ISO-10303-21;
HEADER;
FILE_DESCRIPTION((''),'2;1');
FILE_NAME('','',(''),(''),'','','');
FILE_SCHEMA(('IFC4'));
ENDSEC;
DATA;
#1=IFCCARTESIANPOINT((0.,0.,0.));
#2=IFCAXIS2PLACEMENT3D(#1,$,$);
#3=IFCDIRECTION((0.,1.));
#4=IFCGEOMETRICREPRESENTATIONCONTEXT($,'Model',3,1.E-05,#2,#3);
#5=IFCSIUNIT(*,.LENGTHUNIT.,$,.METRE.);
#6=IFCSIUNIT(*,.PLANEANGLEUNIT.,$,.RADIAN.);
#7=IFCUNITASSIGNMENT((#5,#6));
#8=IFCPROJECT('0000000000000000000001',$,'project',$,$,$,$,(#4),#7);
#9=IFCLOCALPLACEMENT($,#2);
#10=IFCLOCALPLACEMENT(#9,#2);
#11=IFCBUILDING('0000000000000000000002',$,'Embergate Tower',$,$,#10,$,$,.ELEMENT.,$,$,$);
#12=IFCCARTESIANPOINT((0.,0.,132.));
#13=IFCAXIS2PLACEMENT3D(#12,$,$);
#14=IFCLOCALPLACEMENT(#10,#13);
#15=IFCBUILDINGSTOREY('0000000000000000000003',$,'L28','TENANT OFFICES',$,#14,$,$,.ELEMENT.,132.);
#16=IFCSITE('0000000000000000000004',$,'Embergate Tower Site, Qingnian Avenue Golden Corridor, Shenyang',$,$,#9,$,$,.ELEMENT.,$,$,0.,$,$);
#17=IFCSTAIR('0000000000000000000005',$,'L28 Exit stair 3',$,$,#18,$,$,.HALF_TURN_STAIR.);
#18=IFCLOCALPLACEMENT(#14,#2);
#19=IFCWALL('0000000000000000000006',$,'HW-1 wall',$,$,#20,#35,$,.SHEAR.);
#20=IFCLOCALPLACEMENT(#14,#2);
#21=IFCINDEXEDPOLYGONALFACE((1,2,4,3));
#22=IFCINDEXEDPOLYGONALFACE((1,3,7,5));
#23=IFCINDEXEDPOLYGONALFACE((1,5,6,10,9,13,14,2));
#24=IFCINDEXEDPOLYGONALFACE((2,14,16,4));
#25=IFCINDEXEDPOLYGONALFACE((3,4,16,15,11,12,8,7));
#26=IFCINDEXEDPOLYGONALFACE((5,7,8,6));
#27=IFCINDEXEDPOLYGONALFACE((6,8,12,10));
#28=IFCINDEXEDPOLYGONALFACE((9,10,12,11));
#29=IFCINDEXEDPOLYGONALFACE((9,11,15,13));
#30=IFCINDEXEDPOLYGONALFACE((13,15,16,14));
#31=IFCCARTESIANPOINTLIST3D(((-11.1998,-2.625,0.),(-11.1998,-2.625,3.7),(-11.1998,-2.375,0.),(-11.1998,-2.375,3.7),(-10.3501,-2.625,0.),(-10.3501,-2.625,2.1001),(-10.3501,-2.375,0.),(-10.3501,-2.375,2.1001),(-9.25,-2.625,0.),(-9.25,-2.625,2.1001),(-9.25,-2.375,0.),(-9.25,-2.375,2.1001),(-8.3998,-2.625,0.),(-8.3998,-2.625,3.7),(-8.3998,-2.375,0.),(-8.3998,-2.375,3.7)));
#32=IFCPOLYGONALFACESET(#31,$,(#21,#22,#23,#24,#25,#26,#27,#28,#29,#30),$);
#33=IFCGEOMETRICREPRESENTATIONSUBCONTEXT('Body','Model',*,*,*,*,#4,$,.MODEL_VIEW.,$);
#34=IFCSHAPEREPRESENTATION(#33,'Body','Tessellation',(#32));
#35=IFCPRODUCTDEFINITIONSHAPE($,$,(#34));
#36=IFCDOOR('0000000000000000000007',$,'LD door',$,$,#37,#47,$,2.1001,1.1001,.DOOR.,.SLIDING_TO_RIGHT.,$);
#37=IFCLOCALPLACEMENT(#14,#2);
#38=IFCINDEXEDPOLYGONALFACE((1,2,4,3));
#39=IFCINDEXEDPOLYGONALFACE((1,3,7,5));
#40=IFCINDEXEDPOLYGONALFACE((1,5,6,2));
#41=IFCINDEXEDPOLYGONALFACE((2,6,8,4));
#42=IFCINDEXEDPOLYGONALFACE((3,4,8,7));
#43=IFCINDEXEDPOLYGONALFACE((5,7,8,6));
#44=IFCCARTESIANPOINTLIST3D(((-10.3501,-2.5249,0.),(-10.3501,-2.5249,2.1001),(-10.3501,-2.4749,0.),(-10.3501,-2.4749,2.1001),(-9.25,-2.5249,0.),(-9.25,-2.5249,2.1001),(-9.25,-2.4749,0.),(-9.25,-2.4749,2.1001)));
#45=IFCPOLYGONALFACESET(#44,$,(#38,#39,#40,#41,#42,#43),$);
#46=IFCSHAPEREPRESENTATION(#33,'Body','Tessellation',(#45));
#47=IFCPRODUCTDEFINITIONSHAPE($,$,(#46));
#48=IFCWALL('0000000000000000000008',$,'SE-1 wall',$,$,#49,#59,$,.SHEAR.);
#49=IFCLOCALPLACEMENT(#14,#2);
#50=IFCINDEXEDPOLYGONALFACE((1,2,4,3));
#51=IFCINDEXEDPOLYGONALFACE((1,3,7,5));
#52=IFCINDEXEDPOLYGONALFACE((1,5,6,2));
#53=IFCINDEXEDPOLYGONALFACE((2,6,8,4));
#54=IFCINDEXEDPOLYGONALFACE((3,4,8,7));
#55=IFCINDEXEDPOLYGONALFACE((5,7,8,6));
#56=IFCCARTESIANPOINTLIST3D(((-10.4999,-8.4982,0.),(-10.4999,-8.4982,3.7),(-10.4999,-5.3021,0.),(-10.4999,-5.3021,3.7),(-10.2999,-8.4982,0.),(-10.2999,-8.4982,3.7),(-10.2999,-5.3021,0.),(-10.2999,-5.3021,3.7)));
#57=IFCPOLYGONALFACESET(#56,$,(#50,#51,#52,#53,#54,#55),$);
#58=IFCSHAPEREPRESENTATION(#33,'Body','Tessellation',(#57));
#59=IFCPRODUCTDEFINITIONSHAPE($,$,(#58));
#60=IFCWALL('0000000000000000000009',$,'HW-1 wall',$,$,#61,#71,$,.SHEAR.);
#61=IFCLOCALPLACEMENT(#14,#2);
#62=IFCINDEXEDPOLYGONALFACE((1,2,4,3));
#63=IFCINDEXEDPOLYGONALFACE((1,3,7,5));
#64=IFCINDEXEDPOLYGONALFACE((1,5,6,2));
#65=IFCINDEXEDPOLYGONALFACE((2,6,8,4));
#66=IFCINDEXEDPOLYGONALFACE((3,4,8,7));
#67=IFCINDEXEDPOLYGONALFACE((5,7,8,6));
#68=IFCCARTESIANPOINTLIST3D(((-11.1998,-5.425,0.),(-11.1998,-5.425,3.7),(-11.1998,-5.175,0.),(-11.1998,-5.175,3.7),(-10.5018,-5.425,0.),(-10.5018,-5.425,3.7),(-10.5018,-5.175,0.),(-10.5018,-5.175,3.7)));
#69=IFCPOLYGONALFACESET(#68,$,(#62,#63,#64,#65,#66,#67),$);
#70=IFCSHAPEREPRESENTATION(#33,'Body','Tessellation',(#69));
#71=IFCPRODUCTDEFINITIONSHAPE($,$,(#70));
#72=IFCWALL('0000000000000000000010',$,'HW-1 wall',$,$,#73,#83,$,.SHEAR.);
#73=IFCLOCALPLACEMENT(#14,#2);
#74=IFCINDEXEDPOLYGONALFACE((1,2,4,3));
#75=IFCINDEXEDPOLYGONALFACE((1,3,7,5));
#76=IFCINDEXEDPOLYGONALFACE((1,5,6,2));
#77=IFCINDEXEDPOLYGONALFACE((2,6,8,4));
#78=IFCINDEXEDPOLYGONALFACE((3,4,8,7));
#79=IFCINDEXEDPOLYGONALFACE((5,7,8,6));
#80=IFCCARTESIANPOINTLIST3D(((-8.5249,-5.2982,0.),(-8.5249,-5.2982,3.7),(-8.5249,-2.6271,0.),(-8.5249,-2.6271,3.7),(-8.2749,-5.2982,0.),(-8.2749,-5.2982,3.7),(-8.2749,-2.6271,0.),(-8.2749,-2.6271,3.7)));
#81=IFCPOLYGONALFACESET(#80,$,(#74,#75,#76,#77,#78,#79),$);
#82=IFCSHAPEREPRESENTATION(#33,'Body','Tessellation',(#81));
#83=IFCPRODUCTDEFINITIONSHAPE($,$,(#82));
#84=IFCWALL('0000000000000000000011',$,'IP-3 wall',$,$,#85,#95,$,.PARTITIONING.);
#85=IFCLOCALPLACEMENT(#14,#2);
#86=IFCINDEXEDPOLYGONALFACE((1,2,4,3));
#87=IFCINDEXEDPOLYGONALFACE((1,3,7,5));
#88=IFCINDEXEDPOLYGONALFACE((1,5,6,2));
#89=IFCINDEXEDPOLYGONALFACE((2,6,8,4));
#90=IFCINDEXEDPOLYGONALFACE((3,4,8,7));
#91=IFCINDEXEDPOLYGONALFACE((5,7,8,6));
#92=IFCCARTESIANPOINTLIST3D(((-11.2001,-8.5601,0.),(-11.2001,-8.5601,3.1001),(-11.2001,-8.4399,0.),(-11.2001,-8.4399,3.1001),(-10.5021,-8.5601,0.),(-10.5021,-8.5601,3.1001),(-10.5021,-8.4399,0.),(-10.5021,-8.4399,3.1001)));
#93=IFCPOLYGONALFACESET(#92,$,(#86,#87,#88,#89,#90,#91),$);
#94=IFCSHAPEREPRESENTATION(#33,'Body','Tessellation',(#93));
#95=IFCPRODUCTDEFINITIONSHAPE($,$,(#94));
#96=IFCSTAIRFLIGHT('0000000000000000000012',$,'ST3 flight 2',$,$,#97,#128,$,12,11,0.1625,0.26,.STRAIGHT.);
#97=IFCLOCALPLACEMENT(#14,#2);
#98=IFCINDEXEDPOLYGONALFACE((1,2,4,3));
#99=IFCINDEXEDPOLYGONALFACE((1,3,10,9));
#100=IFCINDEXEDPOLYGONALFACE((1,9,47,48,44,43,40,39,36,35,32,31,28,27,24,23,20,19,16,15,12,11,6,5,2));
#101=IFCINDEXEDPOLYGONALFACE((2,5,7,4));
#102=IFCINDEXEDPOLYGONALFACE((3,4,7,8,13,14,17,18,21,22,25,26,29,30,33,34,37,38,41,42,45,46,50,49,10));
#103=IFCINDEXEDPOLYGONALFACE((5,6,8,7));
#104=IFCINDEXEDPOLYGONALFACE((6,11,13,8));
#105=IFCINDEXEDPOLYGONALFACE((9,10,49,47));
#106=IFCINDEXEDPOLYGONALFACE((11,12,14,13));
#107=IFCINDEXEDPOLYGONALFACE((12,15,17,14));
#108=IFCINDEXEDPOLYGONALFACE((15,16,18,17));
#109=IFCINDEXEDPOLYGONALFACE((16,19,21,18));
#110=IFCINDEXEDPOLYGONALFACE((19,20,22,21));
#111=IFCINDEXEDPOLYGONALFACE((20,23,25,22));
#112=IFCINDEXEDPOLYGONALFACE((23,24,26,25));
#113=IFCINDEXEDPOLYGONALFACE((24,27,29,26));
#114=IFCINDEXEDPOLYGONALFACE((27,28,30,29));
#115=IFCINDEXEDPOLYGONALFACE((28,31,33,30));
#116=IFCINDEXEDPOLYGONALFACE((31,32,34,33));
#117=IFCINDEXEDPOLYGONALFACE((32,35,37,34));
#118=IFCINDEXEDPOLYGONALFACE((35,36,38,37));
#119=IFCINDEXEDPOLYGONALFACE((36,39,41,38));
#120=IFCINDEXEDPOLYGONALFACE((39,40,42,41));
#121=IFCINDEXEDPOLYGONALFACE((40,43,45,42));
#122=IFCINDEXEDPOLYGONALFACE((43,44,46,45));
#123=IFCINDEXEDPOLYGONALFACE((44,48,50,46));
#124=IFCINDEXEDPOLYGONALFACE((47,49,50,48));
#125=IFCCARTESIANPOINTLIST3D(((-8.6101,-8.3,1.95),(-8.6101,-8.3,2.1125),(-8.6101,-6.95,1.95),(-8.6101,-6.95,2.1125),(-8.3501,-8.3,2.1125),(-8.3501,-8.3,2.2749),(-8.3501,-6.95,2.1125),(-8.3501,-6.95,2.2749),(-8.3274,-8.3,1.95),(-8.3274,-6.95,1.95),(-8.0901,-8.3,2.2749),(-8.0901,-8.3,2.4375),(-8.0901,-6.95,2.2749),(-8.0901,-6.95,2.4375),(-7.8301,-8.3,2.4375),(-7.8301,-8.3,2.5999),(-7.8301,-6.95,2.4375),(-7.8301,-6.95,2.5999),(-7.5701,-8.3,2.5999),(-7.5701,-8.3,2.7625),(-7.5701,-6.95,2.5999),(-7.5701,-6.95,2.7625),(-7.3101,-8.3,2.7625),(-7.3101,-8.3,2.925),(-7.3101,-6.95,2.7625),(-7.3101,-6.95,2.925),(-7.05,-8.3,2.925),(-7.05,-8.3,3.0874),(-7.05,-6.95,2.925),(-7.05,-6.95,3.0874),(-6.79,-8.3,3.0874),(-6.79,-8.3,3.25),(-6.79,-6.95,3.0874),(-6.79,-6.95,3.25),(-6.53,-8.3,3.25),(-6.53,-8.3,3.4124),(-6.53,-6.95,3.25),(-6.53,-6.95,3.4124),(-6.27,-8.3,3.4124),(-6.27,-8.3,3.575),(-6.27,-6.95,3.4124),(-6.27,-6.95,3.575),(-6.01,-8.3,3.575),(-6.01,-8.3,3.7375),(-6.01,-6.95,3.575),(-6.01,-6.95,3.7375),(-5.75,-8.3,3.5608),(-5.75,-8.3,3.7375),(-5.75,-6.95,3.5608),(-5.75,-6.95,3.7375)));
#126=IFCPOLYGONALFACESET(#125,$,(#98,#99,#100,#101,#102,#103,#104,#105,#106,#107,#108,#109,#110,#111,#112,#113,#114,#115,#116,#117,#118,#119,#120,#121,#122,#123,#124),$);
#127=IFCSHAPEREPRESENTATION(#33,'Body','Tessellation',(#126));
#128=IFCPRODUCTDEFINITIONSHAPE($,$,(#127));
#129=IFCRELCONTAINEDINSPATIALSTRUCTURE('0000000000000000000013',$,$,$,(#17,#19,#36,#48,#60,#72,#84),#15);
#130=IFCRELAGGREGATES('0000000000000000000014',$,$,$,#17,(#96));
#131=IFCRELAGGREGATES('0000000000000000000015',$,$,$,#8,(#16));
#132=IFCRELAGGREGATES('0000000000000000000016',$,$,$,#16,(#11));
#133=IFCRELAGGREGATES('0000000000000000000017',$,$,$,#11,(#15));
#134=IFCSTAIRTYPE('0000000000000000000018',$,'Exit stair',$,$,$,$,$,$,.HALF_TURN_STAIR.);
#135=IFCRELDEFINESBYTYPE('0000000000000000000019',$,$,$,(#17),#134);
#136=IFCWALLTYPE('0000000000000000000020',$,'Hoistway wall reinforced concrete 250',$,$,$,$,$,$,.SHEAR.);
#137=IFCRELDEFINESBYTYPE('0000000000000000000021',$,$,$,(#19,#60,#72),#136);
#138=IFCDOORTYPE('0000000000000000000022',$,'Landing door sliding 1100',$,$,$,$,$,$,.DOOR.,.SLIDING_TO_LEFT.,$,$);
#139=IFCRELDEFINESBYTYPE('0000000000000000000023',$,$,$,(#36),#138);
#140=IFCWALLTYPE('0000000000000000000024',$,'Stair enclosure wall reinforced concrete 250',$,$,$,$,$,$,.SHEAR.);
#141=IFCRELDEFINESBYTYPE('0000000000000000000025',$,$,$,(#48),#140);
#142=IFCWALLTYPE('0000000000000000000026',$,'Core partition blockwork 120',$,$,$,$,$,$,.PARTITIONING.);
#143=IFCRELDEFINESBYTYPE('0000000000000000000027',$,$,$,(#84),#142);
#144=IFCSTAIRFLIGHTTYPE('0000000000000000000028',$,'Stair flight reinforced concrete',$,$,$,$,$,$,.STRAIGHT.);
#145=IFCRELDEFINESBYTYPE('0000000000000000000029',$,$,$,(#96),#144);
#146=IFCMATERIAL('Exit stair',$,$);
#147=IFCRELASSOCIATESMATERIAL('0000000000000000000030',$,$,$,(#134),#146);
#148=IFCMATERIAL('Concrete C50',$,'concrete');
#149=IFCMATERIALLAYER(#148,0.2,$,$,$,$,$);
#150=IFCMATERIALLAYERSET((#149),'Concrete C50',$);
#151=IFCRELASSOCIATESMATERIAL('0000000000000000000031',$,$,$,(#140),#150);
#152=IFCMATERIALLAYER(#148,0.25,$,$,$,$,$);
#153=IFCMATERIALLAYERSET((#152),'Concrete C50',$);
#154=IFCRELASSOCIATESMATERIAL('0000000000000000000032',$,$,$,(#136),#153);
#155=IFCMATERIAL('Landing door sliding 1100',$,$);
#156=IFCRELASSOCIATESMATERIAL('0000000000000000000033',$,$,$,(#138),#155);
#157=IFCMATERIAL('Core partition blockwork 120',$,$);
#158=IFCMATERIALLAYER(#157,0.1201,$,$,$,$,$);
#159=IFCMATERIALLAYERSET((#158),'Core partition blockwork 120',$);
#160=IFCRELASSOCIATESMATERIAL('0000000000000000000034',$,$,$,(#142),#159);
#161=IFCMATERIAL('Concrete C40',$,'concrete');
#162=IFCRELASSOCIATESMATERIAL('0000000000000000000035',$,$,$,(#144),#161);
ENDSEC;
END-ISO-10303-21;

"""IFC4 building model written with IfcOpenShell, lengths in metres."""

from ifc_helpers import new_model, si_unit, direction, frame, frame_2d, origin, place, context, subcontext, project, spatial, polyline, rectangle, outline, extrude, source, transform, mapped, material, layer, layer_set, type_object, element, fill, aggregate, save


model = new_model("IFC4")

# Units and contexts
model_context = context("Model", 3, precision=1e-05, world=origin(), true_north=direction((0.0, 1.0)))
body_context = subcontext(model_context, "Body", "Model", "MODEL_VIEW")
ifc_project = project(units=[si_unit("LENGTHUNIT", "METRE"), si_unit("PLANEANGLEUNIT", "RADIAN")], contexts=[model_context])

# Site, building, storey
site_placement = place(None, origin())
site = spatial("IfcSite", under=ifc_project, at=site_placement, Name="Embergate Tower Site, Qingnian Avenue Golden Corridor, Shenyang", CompositionType="ELEMENT", RefElevation=0.0)
building_placement = place(site_placement, origin())
building = spatial("IfcBuilding", under=site, at=building_placement, Name="Embergate Tower", CompositionType="ELEMENT")
storey_placement = place(building_placement, frame((0.0, 0.0, 132.0)))
storey = spatial("IfcBuildingStorey", under=building, at=storey_placement, Name="L28", Description="TENANT OFFICES", CompositionType="ELEMENT", Elevation=132.0)

# Stair
ifc_material_1 = material(Name="Exit stair")
stair_type = type_object("IfcStairType", Name="Exit stair", PredefinedType="HALF_TURN_STAIR", material=ifc_material_1)
stair_placement = place(storey_placement, origin())
stair = element("IfcStair", 1, at=stair_placement, inside=storey, type_object=stair_type, Name="L28 Exit stair 3", PredefinedType="HALF_TURN_STAIR")
ifc_material_2 = material(Name="Concrete C40", Category="concrete")

# Shared definitions
ifc_material_3 = material(Name="Concrete C50", Category="concrete")
ifc_layer_1 = layer(ifc_material_3, 0.2)
ifc_layer_set_1 = layer_set([ifc_layer_1], Name="Concrete C50")
wall_type_1 = type_object("IfcWallType", Name="Stair enclosure wall reinforced concrete 250", PredefinedType="SHEAR", material=ifc_layer_set_1)

# Wall, opening, door
ifc_layer_2 = layer(ifc_material_3, 0.25)
ifc_layer_set_2 = layer_set([ifc_layer_2], Name="Concrete C50")
wall_type_2 = type_object("IfcWallType", Name="Hoistway wall reinforced concrete 250", PredefinedType="SHEAR", material=ifc_layer_set_2)
shared_shape_1 = source(origin(), body_context, "Body", "SweptSolid", [
    extrude(rectangle(XDim=2.8, YDim=0.25, at=frame_2d((1.3999, 0.0))), origin(), (0.0, 0.0, 1.0), 3.7),
])
wall_1_placement = place(storey_placement, frame((-8.3999, -2.5, 0.0), z_axis=(0.0, 0.0, 1.0), x_axis=(-1.0, 0.0, 0.0)))
wall_1 = element("IfcWall", 2, at=wall_1_placement, inside=storey, type_object=wall_type_2, Name="HW-1 wall", PredefinedType="SHEAR", context=body_context, shape_type="MappedRepresentation", body=[
    mapped(shared_shape_1, transform((0.0, 0.0, 0.0))),
])
shared_shape_2 = source(origin(), body_context, "Body", "SweptSolid", [
    extrude(rectangle(XDim=1.1001, YDim=2.1001, at=frame_2d((0.55, 1.05))), frame((0.0, 0.135, 0.0), z_axis=(0.0, -1.0, 0.0), x_axis=(1.0, 0.0, 0.0)), (0.0, 0.0, 1.0), 0.27),
])
opening_1_placement = place(wall_1_placement, frame((0.8501, 0.0, 0.0)))
opening_1 = element("IfcOpeningElement", 3, at=opening_1_placement, cuts=wall_1, PredefinedType="OPENING", context=body_context, shape_type="MappedRepresentation", body=[
    mapped(shared_shape_2, transform((0.0, 0.0, 0.0))),
])
ifc_material_4 = material(Name="Landing door sliding 1100")
door_type_1 = type_object("IfcDoorType", Name="Landing door sliding 1100", OperationType="SLIDING_TO_LEFT", PredefinedType="DOOR", material=ifc_material_4)
shared_shape_3 = source(origin(), body_context, "Body", "SweptSolid", [
    extrude(rectangle(XDim=1.1001, YDim=2.1001, at=frame_2d((0.55, 1.05))), frame((0.0, 0.0249, 0.0), z_axis=(0.0, -1.0, 0.0), x_axis=(1.0, 0.0, 0.0)), (0.0, 0.0, 1.0), 0.05),
])
door_1_placement = place(opening_1_placement, origin())
door_1 = element("IfcDoor", 4, at=door_1_placement, inside=storey, type_object=door_type_1, Name="LD door", OperationType="SLIDING_TO_RIGHT", OverallHeight=2.1001, OverallWidth=1.1001, PredefinedType="DOOR", context=body_context, shape_type="MappedRepresentation", body=[
    mapped(shared_shape_3, transform((0.0, 0.0, 0.0))),
])
fill(opening_1, door_1)

# Walls
shared_shape_4 = source(origin(), body_context, "Body", "SweptSolid", [
    extrude(rectangle(XDim=3.196, YDim=0.2, at=frame_2d((1.5981, 0.0))), origin(), (0.0, 0.0, 1.0), 3.7),
])
wall_2_placement = place(storey_placement, frame((-10.3999, -5.302, 0.0), z_axis=(0.0, 0.0, 1.0), x_axis=(0.0, -1.0, 0.0)))
element("IfcWall", 5, at=wall_2_placement, inside=storey, type_object=wall_type_1, Name="SE-1 wall", PredefinedType="SHEAR", context=body_context, shape_type="MappedRepresentation", body=[
    mapped(shared_shape_4, transform((0.0, 0.0, 0.0))),
])
shared_shape_5 = source(origin(), body_context, "Body", "SweptSolid", [
    extrude(rectangle(XDim=0.698, YDim=0.25, at=frame_2d((0.3491, 0.0))), origin(), (0.0, 0.0, 1.0), 3.7),
])
wall_3_placement = place(storey_placement, frame((-11.2, -5.3, 0.0), z_axis=(0.0, 0.0, 1.0), x_axis=(1.0, 0.0, 0.0)))
element("IfcWall", 6, at=wall_3_placement, inside=storey, type_object=wall_type_2, Name="HW-1 wall", PredefinedType="SHEAR", context=body_context, shape_type="MappedRepresentation", body=[
    mapped(shared_shape_5, transform((0.0, 0.0, 0.0))),
])
shared_shape_6 = source(origin(), body_context, "Body", "SweptSolid", [
    extrude(rectangle(XDim=2.6711, YDim=0.25, at=frame_2d((1.3354, 0.0))), origin(), (0.0, 0.0, 1.0), 3.7),
])
wall_4_placement = place(storey_placement, frame((-8.3999, -5.2981, 0.0), z_axis=(0.0, 0.0, 1.0), x_axis=(0.0, 1.0, 0.0)))
element("IfcWall", 7, at=wall_4_placement, inside=storey, type_object=wall_type_2, Name="HW-1 wall", PredefinedType="SHEAR", context=body_context, shape_type="MappedRepresentation", body=[
    mapped(shared_shape_6, transform((0.0, 0.0, 0.0))),
])
ifc_material_5 = material(Name="Core partition blockwork 120")
ifc_layer_3 = layer(ifc_material_5, 0.1201)
ifc_layer_set_3 = layer_set([ifc_layer_3], Name="Core partition blockwork 120")
wall_type_3 = type_object("IfcWallType", Name="Core partition blockwork 120", PredefinedType="PARTITIONING", material=ifc_layer_set_3)
shared_shape_7 = source(origin(), body_context, "Body", "SweptSolid", [
    extrude(rectangle(XDim=0.698, YDim=0.1201, at=frame_2d((0.3491, 0.0))), origin(), (0.0, 0.0, 1.0), 3.1001),
])
wall_5_placement = place(storey_placement, frame((-10.502, -8.5, 0.0), z_axis=(0.0, 0.0, 1.0), x_axis=(-1.0, 0.0, 0.0)))
element("IfcWall", 8, at=wall_5_placement, inside=storey, type_object=wall_type_3, Name="IP-3 wall", PredefinedType="PARTITIONING", context=body_context, shape_type="MappedRepresentation", body=[
    mapped(shared_shape_7, transform((0.0, 0.0, 0.0))),
])

# Stair flight
stair_flight_type = type_object("IfcStairFlightType", Name="Stair flight reinforced concrete", PredefinedType="STRAIGHT", material=ifc_material_2)
shared_shape_8 = source(origin(), body_context, "Body", "SweptSolid", [
    extrude(outline(polyline([(0.0, 0.0), (0.0, 0.1626), (0.26, 0.1626), (0.26, 0.325), (0.52, 0.325), (0.52, 0.4875), (0.78, 0.4875), (0.78, 0.6499), (1.04, 0.6499), (1.04, 0.8125), (1.3, 0.8125), (1.3, 0.9751), (1.5601, 0.9751), (1.5601, 1.1375), (1.8201, 1.1375), (1.8201, 1.3), (2.0801, 1.3), (2.0801, 1.4624), (2.3401, 1.4624), (2.3401, 1.625), (2.6001, 1.625), (2.6001, 1.7876), (2.8601, 1.7876), (2.8601, 1.95), (2.8601, 1.6108), (0.2827, 0.0), (0.0, 0.0)])), frame((0.0, 0.675, 0.0), z_axis=(0.0, -1.0, 0.0), x_axis=(1.0, 0.0, 0.0)), (0.0, 0.0, 1.0), 1.3501),
])
stair_flight_placement = place(storey_placement, frame((-8.6101, -7.625, 1.95), z_axis=(0.0, 0.0, 1.0), x_axis=(1.0, 0.0, 0.0)))
stair_flight = element("IfcStairFlight", 9, at=stair_flight_placement, type_object=stair_flight_type, Name="ST3 flight 2", NumberOfRisers=12, NumberOfTreads=11, PredefinedType="STRAIGHT", RiserHeight=0.1625, TreadLength=0.26, context=body_context, shape_type="MappedRepresentation", body=[
    mapped(shared_shape_8, transform((0.0, 0.0, 0.0))),
])
aggregate(stair, [stair_flight])

save(model, "model.ifc")
